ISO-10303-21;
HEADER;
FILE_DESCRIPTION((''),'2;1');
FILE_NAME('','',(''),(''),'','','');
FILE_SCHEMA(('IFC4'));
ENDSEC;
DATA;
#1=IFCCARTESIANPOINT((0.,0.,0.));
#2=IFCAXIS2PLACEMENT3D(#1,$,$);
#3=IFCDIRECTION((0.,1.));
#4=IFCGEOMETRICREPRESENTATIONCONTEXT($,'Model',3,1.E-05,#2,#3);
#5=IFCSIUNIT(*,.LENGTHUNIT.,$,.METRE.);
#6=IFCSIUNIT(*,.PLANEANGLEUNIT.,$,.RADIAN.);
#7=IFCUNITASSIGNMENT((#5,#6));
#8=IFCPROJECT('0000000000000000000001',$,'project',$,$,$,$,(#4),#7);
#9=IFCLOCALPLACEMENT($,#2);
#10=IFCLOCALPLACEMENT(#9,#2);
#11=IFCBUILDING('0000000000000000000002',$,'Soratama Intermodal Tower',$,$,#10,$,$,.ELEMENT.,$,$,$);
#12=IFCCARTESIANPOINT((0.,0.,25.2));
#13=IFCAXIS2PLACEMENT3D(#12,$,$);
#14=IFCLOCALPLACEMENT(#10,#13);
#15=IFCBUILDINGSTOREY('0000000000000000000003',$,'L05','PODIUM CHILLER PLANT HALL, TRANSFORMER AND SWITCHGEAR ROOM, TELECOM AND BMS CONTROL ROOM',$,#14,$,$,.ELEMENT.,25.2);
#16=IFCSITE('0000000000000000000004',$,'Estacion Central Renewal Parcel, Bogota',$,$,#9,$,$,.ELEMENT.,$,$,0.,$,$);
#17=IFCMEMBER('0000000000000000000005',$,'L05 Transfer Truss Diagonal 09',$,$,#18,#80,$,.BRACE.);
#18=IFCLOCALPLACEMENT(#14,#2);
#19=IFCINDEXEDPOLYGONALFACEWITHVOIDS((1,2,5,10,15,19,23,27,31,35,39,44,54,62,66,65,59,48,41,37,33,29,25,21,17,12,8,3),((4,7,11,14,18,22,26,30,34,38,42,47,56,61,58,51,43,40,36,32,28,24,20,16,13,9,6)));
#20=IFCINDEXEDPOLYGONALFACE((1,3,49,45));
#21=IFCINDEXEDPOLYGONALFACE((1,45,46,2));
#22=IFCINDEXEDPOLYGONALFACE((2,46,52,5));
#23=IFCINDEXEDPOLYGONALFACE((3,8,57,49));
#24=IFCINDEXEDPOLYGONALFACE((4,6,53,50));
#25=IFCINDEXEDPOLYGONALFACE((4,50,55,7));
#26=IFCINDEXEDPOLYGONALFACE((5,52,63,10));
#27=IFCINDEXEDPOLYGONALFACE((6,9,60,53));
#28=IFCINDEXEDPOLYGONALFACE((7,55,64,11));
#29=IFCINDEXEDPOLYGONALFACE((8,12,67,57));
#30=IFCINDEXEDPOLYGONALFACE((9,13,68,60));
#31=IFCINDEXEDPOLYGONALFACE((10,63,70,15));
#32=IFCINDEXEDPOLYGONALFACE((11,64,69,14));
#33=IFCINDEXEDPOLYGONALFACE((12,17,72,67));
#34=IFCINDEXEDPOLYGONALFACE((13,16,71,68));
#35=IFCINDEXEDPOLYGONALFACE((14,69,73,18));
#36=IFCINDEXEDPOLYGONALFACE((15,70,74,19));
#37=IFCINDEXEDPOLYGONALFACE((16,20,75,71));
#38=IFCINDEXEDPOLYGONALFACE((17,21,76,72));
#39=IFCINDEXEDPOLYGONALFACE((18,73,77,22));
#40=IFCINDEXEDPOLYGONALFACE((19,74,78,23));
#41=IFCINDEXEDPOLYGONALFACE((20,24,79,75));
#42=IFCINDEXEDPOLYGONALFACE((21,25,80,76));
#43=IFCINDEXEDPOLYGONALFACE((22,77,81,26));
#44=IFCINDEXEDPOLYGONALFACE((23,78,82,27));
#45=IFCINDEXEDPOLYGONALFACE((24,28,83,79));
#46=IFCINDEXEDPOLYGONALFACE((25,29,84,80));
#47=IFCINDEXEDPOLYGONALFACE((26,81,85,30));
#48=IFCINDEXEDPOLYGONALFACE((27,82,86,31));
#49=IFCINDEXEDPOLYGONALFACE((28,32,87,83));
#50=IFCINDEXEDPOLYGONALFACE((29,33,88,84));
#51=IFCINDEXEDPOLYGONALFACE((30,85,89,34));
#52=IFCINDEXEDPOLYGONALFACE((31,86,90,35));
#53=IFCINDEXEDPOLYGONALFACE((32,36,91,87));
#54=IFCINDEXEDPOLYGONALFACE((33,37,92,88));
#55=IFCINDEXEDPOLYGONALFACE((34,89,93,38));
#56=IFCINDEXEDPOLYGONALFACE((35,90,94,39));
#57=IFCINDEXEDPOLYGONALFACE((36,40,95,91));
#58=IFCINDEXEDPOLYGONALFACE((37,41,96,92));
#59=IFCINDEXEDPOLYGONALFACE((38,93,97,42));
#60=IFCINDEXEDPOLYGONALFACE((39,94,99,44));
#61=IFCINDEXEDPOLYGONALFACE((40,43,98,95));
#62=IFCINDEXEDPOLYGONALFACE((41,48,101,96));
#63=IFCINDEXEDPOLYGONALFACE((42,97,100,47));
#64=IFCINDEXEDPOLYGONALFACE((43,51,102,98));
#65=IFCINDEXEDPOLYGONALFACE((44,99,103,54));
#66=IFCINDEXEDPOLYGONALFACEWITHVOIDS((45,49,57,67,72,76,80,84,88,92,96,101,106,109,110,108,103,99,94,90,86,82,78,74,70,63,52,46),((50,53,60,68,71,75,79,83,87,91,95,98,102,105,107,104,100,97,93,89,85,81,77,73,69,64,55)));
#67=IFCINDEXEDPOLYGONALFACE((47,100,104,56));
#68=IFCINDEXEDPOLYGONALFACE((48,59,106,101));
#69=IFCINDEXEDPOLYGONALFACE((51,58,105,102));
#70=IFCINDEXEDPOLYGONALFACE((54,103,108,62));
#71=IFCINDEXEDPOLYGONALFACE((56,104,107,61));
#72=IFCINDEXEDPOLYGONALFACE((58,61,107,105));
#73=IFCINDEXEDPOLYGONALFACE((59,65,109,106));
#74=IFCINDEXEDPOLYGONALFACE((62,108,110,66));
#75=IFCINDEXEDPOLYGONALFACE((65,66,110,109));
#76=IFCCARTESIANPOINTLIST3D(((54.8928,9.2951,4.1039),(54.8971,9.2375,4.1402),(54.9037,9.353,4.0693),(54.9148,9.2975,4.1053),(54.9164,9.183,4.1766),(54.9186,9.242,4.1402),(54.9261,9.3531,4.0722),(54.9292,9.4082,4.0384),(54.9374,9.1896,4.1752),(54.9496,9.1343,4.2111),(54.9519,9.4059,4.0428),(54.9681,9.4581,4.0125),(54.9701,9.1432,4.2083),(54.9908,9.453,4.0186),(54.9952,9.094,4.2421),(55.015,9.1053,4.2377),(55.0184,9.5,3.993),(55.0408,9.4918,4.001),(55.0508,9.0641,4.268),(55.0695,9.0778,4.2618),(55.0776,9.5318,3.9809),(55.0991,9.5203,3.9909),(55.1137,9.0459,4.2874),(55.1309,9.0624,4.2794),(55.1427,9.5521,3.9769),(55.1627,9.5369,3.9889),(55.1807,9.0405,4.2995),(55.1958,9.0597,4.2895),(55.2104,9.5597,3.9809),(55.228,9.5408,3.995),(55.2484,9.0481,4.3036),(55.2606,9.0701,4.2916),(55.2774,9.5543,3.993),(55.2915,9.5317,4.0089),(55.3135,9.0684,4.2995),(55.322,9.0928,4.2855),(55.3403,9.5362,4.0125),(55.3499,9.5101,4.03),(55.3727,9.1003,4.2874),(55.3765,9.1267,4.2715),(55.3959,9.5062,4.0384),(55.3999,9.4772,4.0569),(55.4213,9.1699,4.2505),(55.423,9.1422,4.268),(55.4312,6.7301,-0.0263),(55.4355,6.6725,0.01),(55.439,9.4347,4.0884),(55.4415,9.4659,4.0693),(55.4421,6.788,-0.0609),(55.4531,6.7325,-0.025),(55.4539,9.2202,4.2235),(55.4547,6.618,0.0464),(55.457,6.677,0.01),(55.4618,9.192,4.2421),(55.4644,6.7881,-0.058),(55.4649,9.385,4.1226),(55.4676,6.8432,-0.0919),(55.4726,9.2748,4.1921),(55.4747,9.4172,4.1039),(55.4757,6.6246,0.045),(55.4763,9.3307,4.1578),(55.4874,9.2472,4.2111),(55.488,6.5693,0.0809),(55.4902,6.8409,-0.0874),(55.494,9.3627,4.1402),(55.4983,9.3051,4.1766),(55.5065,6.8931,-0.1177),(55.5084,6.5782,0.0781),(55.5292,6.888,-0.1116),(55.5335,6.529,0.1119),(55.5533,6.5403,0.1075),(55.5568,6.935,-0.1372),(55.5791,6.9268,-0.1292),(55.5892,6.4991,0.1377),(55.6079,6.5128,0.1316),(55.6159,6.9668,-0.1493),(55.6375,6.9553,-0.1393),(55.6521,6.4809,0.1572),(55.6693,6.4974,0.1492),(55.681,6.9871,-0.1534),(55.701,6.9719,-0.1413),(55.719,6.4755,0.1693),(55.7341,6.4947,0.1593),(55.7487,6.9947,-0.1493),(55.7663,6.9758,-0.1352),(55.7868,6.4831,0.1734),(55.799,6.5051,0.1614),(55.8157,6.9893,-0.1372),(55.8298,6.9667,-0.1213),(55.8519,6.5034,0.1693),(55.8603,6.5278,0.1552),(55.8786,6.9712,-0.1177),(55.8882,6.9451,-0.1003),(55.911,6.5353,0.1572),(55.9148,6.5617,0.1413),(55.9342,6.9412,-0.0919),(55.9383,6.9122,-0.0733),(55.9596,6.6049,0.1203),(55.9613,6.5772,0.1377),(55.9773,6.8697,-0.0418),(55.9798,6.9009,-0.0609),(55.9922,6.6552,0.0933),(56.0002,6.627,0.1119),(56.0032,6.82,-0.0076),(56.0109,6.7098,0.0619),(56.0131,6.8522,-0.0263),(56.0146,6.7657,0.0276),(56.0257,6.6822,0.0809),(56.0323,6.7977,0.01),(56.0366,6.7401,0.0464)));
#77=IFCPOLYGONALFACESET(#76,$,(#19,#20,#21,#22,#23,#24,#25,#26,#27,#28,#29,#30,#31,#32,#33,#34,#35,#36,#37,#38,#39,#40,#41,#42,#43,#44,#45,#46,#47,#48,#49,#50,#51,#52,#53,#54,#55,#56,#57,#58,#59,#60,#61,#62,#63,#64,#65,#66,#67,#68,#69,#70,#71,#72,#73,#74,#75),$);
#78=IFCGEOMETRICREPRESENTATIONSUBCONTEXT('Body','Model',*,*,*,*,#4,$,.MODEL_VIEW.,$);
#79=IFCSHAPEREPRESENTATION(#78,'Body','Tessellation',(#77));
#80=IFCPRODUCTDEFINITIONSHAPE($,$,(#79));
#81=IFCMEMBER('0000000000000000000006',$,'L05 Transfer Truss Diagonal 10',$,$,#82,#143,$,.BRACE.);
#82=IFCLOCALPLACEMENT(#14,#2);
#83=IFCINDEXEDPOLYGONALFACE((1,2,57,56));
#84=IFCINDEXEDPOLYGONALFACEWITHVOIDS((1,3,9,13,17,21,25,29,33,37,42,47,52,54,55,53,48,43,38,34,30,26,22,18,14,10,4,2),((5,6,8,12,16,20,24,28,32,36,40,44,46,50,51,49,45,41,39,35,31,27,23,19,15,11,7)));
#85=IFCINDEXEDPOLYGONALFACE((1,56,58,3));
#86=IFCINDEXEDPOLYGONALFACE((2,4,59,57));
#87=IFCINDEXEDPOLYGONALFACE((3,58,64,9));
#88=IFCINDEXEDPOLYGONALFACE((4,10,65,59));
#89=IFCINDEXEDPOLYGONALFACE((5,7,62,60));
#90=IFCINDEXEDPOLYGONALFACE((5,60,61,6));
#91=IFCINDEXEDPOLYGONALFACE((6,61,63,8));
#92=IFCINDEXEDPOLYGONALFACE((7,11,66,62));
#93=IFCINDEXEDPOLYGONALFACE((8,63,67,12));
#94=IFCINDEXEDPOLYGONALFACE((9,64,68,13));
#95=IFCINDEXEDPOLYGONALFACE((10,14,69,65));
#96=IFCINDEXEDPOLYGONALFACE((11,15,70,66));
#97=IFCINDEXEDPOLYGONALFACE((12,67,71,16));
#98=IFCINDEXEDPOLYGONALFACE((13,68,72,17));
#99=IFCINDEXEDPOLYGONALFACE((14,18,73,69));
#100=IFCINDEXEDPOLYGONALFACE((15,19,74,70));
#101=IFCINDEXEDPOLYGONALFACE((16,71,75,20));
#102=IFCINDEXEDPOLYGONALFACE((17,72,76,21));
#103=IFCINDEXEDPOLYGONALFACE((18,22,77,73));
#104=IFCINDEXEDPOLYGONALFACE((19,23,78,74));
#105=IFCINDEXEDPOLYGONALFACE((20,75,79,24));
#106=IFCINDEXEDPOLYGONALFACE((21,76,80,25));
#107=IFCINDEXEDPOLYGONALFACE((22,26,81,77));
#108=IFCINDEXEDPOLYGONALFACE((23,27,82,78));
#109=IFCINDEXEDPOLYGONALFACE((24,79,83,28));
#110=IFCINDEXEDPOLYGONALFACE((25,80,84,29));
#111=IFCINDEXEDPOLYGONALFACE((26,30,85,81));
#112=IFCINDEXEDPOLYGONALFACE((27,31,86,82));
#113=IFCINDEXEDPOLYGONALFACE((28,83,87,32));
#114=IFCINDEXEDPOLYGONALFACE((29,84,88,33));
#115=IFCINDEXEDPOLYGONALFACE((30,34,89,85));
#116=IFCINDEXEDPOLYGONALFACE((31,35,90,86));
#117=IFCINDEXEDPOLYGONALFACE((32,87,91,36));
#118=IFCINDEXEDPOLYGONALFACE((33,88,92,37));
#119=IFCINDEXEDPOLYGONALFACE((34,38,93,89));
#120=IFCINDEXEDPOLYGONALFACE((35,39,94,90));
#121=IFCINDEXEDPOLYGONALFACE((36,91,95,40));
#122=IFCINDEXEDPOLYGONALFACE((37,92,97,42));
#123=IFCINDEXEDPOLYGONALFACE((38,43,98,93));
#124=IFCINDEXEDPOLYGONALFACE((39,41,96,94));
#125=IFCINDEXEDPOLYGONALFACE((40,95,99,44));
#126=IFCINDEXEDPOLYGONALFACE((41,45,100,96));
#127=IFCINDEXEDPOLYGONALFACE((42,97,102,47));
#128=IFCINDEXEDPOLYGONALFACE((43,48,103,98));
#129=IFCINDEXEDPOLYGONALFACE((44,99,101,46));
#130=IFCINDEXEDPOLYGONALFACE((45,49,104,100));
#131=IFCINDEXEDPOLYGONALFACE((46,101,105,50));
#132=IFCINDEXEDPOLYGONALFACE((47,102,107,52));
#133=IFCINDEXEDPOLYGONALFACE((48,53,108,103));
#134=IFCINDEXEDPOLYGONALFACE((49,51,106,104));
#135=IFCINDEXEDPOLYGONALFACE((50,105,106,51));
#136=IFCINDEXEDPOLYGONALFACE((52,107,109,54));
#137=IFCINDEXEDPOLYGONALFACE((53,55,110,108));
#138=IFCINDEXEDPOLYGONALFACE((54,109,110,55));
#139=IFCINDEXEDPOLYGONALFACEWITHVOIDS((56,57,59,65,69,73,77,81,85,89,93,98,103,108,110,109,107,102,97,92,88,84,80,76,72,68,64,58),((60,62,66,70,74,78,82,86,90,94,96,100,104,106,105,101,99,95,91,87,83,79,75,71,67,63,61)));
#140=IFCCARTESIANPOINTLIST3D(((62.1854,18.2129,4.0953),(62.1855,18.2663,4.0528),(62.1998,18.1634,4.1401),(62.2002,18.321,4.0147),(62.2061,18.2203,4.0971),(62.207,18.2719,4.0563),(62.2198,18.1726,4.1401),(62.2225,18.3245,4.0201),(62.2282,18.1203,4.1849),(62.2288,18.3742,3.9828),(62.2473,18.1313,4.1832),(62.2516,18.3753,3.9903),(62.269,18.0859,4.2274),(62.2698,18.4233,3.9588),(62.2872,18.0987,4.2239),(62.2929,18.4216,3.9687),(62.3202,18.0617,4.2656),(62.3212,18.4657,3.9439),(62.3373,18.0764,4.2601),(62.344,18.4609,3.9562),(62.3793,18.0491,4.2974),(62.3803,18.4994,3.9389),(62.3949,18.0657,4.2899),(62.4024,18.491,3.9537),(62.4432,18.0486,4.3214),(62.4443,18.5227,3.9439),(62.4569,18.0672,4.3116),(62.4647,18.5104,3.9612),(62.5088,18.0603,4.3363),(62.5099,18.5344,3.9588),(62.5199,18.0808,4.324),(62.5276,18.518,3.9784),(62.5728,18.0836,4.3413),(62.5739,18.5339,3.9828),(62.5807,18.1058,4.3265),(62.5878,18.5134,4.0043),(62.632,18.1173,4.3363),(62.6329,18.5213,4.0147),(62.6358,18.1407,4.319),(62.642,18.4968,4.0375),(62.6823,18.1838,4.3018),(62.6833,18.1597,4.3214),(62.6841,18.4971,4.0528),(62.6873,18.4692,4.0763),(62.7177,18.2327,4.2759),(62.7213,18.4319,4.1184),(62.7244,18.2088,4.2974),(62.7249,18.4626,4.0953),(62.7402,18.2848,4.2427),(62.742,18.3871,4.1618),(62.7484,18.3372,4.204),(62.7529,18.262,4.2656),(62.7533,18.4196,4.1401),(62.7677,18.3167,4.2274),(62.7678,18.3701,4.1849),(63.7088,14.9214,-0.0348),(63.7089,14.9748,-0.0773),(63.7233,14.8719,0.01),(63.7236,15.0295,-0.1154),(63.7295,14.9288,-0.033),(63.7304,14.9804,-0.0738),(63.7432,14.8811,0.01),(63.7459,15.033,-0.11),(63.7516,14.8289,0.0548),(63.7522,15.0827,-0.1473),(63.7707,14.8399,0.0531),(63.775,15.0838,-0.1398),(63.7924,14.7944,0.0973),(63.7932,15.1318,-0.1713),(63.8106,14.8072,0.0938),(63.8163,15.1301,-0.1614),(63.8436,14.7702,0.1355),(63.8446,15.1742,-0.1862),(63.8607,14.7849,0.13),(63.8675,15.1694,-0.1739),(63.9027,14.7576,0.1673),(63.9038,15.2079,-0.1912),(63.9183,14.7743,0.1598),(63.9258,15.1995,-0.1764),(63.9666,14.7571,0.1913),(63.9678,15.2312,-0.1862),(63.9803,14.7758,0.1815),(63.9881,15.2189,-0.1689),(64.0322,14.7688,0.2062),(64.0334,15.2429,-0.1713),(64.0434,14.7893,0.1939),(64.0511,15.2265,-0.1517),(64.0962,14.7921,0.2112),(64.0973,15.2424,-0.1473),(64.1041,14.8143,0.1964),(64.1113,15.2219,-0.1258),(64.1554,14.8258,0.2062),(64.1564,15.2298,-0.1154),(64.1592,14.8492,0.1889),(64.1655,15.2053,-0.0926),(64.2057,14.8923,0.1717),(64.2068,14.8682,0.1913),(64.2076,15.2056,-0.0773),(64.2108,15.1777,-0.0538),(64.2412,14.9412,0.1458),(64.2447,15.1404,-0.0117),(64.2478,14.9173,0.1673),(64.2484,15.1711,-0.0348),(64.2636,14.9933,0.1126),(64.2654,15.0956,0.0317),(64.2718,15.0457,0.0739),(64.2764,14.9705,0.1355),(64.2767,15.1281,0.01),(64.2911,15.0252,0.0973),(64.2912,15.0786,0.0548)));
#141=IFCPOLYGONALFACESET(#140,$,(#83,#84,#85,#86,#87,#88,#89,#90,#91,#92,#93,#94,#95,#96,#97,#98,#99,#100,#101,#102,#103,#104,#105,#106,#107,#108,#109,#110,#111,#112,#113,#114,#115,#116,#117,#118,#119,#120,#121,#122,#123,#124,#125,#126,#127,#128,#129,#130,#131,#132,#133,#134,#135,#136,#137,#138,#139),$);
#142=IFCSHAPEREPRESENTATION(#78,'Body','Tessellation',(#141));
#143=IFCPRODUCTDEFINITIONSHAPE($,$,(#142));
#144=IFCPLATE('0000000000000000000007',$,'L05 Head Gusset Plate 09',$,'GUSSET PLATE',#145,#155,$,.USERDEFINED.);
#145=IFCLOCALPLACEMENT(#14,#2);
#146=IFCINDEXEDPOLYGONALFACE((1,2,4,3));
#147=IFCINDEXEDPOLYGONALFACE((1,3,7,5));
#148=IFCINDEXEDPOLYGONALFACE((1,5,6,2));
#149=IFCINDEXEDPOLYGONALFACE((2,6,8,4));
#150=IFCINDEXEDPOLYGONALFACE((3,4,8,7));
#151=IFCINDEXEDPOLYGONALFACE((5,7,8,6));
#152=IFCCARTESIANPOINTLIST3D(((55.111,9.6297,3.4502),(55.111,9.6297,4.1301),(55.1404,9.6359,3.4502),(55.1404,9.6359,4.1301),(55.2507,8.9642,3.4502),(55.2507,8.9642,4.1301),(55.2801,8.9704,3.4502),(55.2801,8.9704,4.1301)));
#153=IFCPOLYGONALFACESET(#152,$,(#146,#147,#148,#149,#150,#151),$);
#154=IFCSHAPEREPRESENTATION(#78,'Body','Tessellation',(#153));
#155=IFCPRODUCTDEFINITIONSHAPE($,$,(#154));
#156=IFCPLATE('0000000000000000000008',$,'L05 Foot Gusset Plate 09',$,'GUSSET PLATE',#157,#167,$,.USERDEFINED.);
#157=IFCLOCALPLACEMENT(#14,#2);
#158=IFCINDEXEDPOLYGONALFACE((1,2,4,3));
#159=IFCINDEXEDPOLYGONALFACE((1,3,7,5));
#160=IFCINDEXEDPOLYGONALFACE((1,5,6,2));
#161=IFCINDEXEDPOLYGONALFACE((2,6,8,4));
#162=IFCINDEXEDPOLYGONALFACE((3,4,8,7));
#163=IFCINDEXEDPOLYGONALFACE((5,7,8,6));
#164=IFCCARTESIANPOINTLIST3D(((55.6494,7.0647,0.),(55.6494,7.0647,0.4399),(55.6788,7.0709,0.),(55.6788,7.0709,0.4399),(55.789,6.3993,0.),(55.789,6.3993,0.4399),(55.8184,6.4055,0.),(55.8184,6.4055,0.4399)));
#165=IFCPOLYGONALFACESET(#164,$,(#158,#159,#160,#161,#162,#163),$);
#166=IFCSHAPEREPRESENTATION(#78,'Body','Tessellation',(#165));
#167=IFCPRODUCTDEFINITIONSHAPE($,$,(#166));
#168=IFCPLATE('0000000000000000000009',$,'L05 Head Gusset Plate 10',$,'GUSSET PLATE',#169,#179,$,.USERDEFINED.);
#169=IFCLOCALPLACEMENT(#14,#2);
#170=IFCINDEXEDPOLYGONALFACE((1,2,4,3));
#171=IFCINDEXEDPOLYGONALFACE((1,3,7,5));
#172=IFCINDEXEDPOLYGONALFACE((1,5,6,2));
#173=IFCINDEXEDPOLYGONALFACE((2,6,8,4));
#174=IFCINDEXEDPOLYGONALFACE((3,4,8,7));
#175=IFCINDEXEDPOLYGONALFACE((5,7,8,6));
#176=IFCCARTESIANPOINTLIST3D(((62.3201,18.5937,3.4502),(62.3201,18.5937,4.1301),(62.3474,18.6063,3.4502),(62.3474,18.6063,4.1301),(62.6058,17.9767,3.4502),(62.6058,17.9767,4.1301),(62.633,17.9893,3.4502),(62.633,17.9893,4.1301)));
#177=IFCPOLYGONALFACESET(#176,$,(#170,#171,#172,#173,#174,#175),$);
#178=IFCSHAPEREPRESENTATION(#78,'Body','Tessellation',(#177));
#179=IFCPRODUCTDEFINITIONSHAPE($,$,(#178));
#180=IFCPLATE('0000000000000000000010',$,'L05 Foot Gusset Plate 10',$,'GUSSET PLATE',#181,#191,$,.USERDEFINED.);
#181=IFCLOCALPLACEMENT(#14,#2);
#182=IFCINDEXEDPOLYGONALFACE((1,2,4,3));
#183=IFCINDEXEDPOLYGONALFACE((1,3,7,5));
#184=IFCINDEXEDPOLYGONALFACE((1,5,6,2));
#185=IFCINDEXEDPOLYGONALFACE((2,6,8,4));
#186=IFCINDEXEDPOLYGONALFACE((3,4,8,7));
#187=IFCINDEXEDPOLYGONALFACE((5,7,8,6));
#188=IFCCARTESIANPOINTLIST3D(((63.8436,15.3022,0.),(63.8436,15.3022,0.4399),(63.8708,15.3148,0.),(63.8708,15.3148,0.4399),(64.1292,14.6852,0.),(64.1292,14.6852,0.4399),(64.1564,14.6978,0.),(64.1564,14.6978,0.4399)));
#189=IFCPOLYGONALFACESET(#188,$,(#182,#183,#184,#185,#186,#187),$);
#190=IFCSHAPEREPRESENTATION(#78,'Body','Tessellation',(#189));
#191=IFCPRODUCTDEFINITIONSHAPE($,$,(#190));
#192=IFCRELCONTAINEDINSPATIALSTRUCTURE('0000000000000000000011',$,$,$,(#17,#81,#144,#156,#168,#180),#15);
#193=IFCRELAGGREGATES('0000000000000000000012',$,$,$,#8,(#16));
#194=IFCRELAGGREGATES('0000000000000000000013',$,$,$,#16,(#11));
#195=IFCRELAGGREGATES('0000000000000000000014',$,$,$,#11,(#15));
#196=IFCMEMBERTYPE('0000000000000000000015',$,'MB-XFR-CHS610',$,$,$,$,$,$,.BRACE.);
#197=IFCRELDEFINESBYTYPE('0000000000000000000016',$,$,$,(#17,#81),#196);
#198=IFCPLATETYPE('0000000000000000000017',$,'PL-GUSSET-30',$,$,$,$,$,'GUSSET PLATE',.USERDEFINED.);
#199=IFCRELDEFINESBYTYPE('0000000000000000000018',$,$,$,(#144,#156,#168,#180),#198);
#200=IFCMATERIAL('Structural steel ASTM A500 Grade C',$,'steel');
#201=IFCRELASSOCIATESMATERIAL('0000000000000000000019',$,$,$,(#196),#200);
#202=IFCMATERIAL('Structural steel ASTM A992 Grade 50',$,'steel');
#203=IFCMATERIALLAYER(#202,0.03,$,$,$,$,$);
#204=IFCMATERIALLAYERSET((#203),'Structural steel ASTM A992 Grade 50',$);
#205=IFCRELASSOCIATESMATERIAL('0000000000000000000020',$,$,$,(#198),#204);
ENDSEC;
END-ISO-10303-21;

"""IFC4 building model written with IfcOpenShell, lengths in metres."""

from ifc_helpers import new_model, si_unit, direction, frame, origin, origin_2d, place, context, subcontext, project, spatial, rectangle, hollow_circle, extrude, material, layer, layer_set, material_profile, profile_set, type_object, element, save


model = new_model("IFC4")

# Units and contexts
model_context = context("Model", 3, precision=1e-05, world=origin(), true_north=direction((0.0, 1.0)))
body_context = subcontext(model_context, "Body", "Model", "MODEL_VIEW")
ifc_project = project(units=[si_unit("LENGTHUNIT", "METRE"), si_unit("PLANEANGLEUNIT", "RADIAN")], contexts=[model_context])

# Site, building, storey
site_placement = place(None, origin())
site = spatial("IfcSite", under=ifc_project, at=site_placement, Name="Estacion Central Renewal Parcel, Bogota", CompositionType="ELEMENT", RefElevation=0.0)
building_placement = place(site_placement, origin())
building = spatial("IfcBuilding", under=site, at=building_placement, Name="Soratama Intermodal Tower", CompositionType="ELEMENT")
storey_placement = place(building_placement, frame((0.0, 0.0, 25.2)))
storey = spatial("IfcBuildingStorey", under=building, at=storey_placement, Name="L05", Description="PODIUM CHILLER PLANT HALL, TRANSFORMER AND SWITCHGEAR ROOM, TELECOM AND BMS CONTROL ROOM", CompositionType="ELEMENT", Elevation=25.2)

# Members
ifc_material_1 = material(Name="Structural steel ASTM A500 Grade C", Category="steel")
ifc_material_profile_1 = material_profile(ifc_material_1, hollow_circle(Radius=0.3049, WallThickness=0.022, at=origin_2d()), Name="CHS610X22")
ifc_profile_set_1 = profile_set([ifc_material_profile_1], Name="Structural steel ASTM A500 Grade C")
member_type = type_object("IfcMemberType", Name="MB-XFR-CHS610", PredefinedType="BRACE", material=ifc_profile_set_1)
member_1_placement = place(storey_placement, frame((55.7339, 6.7351, 0.01), z_axis=(-0.110054, 0.524368, 0.844349), x_axis=(-0.978677, -0.205405, 0.0)))
element("IfcMember", 1, at=member_1_placement, inside=storey, type_object=member_type, Name="L05 Transfer Truss Diagonal 09", PredefinedType="BRACE", context=body_context, shape_type="SweptSolid", body=[
    extrude(hollow_circle(Radius=0.3049, WallThickness=0.022, at=origin_2d()), origin(), (0.0, 0.0, 1.0), 4.8916),
])
member_2_placement = place(storey_placement, frame((64.0, 15.0, 0.01), z_axis=(-0.277159, 0.598823, 0.751394), x_axis=(-0.90751, -0.420031, 0.0)))
element("IfcMember", 2, at=member_2_placement, inside=storey, type_object=member_type, Name="L05 Transfer Truss Diagonal 10", PredefinedType="BRACE", context=body_context, shape_type="SweptSolid", body=[
    extrude(hollow_circle(Radius=0.3049, WallThickness=0.022, at=origin_2d()), origin(), (0.0, 0.0, 1.0), 5.4966),
])

# Plates
ifc_material_2 = material(Name="Structural steel ASTM A992 Grade 50", Category="steel")
ifc_layer_1 = layer(ifc_material_2, 0.03)
ifc_layer_set_1 = layer_set([ifc_layer_1], Name="Structural steel ASTM A992 Grade 50")
plate_type = type_object("IfcPlateType", Name="PL-GUSSET-30", ElementType="GUSSET PLATE", PredefinedType="USERDEFINED", material=ifc_layer_set_1)
plate_1_placement = place(storey_placement, frame((55.1956, 9.3, 3.4502), z_axis=(0.0, 0.0, 1.0), x_axis=(-0.20535, 0.978689, 0.0)))
element("IfcPlate", 3, at=plate_1_placement, inside=storey, type_object=plate_type, Name="L05 Head Gusset Plate 09", ObjectType="GUSSET PLATE", PredefinedType="USERDEFINED", context=body_context, shape_type="SweptSolid", body=[
    extrude(rectangle(XDim=0.6799, YDim=0.03, at=origin_2d()), origin(), (0.0, 0.0, 1.0), 0.6799),
])
plate_2_placement = place(storey_placement, frame((55.7339, 6.7351, 0.0), z_axis=(0.0, 0.0, 1.0), x_axis=(-0.20535, 0.978689, 0.0)))
element("IfcPlate", 4, at=plate_2_placement, inside=storey, type_object=plate_type, Name="L05 Foot Gusset Plate 09", ObjectType="GUSSET PLATE", PredefinedType="USERDEFINED", context=body_context, shape_type="SweptSolid", body=[
    extrude(rectangle(XDim=0.6799, YDim=0.03, at=origin_2d()), origin(), (0.0, 0.0, 1.0), 0.4399),
])
plate_3_placement = place(storey_placement, frame((62.4766, 18.2915, 3.4502), z_axis=(0.0, 0.0, 1.0), x_axis=(-0.420086, 0.907484, 0.0)))
element("IfcPlate", 5, at=plate_3_placement, inside=storey, type_object=plate_type, Name="L05 Head Gusset Plate 10", ObjectType="GUSSET PLATE", PredefinedType="USERDEFINED", context=body_context, shape_type="SweptSolid", body=[
    extrude(rectangle(XDim=0.6799, YDim=0.03, at=origin_2d()), origin(), (0.0, 0.0, 1.0), 0.6799),
])
plate_4_placement = place(storey_placement, frame((64.0, 15.0, 0.0), z_axis=(0.0, 0.0, 1.0), x_axis=(-0.420086, 0.907484, 0.0)))
element("IfcPlate", 6, at=plate_4_placement, inside=storey, type_object=plate_type, Name="L05 Foot Gusset Plate 10", ObjectType="GUSSET PLATE", PredefinedType="USERDEFINED", context=body_context, shape_type="SweptSolid", body=[
    extrude(rectangle(XDim=0.6799, YDim=0.03, at=origin_2d()), origin(), (0.0, 0.0, 1.0), 0.4399),
])

save(model, "model.ifc")
